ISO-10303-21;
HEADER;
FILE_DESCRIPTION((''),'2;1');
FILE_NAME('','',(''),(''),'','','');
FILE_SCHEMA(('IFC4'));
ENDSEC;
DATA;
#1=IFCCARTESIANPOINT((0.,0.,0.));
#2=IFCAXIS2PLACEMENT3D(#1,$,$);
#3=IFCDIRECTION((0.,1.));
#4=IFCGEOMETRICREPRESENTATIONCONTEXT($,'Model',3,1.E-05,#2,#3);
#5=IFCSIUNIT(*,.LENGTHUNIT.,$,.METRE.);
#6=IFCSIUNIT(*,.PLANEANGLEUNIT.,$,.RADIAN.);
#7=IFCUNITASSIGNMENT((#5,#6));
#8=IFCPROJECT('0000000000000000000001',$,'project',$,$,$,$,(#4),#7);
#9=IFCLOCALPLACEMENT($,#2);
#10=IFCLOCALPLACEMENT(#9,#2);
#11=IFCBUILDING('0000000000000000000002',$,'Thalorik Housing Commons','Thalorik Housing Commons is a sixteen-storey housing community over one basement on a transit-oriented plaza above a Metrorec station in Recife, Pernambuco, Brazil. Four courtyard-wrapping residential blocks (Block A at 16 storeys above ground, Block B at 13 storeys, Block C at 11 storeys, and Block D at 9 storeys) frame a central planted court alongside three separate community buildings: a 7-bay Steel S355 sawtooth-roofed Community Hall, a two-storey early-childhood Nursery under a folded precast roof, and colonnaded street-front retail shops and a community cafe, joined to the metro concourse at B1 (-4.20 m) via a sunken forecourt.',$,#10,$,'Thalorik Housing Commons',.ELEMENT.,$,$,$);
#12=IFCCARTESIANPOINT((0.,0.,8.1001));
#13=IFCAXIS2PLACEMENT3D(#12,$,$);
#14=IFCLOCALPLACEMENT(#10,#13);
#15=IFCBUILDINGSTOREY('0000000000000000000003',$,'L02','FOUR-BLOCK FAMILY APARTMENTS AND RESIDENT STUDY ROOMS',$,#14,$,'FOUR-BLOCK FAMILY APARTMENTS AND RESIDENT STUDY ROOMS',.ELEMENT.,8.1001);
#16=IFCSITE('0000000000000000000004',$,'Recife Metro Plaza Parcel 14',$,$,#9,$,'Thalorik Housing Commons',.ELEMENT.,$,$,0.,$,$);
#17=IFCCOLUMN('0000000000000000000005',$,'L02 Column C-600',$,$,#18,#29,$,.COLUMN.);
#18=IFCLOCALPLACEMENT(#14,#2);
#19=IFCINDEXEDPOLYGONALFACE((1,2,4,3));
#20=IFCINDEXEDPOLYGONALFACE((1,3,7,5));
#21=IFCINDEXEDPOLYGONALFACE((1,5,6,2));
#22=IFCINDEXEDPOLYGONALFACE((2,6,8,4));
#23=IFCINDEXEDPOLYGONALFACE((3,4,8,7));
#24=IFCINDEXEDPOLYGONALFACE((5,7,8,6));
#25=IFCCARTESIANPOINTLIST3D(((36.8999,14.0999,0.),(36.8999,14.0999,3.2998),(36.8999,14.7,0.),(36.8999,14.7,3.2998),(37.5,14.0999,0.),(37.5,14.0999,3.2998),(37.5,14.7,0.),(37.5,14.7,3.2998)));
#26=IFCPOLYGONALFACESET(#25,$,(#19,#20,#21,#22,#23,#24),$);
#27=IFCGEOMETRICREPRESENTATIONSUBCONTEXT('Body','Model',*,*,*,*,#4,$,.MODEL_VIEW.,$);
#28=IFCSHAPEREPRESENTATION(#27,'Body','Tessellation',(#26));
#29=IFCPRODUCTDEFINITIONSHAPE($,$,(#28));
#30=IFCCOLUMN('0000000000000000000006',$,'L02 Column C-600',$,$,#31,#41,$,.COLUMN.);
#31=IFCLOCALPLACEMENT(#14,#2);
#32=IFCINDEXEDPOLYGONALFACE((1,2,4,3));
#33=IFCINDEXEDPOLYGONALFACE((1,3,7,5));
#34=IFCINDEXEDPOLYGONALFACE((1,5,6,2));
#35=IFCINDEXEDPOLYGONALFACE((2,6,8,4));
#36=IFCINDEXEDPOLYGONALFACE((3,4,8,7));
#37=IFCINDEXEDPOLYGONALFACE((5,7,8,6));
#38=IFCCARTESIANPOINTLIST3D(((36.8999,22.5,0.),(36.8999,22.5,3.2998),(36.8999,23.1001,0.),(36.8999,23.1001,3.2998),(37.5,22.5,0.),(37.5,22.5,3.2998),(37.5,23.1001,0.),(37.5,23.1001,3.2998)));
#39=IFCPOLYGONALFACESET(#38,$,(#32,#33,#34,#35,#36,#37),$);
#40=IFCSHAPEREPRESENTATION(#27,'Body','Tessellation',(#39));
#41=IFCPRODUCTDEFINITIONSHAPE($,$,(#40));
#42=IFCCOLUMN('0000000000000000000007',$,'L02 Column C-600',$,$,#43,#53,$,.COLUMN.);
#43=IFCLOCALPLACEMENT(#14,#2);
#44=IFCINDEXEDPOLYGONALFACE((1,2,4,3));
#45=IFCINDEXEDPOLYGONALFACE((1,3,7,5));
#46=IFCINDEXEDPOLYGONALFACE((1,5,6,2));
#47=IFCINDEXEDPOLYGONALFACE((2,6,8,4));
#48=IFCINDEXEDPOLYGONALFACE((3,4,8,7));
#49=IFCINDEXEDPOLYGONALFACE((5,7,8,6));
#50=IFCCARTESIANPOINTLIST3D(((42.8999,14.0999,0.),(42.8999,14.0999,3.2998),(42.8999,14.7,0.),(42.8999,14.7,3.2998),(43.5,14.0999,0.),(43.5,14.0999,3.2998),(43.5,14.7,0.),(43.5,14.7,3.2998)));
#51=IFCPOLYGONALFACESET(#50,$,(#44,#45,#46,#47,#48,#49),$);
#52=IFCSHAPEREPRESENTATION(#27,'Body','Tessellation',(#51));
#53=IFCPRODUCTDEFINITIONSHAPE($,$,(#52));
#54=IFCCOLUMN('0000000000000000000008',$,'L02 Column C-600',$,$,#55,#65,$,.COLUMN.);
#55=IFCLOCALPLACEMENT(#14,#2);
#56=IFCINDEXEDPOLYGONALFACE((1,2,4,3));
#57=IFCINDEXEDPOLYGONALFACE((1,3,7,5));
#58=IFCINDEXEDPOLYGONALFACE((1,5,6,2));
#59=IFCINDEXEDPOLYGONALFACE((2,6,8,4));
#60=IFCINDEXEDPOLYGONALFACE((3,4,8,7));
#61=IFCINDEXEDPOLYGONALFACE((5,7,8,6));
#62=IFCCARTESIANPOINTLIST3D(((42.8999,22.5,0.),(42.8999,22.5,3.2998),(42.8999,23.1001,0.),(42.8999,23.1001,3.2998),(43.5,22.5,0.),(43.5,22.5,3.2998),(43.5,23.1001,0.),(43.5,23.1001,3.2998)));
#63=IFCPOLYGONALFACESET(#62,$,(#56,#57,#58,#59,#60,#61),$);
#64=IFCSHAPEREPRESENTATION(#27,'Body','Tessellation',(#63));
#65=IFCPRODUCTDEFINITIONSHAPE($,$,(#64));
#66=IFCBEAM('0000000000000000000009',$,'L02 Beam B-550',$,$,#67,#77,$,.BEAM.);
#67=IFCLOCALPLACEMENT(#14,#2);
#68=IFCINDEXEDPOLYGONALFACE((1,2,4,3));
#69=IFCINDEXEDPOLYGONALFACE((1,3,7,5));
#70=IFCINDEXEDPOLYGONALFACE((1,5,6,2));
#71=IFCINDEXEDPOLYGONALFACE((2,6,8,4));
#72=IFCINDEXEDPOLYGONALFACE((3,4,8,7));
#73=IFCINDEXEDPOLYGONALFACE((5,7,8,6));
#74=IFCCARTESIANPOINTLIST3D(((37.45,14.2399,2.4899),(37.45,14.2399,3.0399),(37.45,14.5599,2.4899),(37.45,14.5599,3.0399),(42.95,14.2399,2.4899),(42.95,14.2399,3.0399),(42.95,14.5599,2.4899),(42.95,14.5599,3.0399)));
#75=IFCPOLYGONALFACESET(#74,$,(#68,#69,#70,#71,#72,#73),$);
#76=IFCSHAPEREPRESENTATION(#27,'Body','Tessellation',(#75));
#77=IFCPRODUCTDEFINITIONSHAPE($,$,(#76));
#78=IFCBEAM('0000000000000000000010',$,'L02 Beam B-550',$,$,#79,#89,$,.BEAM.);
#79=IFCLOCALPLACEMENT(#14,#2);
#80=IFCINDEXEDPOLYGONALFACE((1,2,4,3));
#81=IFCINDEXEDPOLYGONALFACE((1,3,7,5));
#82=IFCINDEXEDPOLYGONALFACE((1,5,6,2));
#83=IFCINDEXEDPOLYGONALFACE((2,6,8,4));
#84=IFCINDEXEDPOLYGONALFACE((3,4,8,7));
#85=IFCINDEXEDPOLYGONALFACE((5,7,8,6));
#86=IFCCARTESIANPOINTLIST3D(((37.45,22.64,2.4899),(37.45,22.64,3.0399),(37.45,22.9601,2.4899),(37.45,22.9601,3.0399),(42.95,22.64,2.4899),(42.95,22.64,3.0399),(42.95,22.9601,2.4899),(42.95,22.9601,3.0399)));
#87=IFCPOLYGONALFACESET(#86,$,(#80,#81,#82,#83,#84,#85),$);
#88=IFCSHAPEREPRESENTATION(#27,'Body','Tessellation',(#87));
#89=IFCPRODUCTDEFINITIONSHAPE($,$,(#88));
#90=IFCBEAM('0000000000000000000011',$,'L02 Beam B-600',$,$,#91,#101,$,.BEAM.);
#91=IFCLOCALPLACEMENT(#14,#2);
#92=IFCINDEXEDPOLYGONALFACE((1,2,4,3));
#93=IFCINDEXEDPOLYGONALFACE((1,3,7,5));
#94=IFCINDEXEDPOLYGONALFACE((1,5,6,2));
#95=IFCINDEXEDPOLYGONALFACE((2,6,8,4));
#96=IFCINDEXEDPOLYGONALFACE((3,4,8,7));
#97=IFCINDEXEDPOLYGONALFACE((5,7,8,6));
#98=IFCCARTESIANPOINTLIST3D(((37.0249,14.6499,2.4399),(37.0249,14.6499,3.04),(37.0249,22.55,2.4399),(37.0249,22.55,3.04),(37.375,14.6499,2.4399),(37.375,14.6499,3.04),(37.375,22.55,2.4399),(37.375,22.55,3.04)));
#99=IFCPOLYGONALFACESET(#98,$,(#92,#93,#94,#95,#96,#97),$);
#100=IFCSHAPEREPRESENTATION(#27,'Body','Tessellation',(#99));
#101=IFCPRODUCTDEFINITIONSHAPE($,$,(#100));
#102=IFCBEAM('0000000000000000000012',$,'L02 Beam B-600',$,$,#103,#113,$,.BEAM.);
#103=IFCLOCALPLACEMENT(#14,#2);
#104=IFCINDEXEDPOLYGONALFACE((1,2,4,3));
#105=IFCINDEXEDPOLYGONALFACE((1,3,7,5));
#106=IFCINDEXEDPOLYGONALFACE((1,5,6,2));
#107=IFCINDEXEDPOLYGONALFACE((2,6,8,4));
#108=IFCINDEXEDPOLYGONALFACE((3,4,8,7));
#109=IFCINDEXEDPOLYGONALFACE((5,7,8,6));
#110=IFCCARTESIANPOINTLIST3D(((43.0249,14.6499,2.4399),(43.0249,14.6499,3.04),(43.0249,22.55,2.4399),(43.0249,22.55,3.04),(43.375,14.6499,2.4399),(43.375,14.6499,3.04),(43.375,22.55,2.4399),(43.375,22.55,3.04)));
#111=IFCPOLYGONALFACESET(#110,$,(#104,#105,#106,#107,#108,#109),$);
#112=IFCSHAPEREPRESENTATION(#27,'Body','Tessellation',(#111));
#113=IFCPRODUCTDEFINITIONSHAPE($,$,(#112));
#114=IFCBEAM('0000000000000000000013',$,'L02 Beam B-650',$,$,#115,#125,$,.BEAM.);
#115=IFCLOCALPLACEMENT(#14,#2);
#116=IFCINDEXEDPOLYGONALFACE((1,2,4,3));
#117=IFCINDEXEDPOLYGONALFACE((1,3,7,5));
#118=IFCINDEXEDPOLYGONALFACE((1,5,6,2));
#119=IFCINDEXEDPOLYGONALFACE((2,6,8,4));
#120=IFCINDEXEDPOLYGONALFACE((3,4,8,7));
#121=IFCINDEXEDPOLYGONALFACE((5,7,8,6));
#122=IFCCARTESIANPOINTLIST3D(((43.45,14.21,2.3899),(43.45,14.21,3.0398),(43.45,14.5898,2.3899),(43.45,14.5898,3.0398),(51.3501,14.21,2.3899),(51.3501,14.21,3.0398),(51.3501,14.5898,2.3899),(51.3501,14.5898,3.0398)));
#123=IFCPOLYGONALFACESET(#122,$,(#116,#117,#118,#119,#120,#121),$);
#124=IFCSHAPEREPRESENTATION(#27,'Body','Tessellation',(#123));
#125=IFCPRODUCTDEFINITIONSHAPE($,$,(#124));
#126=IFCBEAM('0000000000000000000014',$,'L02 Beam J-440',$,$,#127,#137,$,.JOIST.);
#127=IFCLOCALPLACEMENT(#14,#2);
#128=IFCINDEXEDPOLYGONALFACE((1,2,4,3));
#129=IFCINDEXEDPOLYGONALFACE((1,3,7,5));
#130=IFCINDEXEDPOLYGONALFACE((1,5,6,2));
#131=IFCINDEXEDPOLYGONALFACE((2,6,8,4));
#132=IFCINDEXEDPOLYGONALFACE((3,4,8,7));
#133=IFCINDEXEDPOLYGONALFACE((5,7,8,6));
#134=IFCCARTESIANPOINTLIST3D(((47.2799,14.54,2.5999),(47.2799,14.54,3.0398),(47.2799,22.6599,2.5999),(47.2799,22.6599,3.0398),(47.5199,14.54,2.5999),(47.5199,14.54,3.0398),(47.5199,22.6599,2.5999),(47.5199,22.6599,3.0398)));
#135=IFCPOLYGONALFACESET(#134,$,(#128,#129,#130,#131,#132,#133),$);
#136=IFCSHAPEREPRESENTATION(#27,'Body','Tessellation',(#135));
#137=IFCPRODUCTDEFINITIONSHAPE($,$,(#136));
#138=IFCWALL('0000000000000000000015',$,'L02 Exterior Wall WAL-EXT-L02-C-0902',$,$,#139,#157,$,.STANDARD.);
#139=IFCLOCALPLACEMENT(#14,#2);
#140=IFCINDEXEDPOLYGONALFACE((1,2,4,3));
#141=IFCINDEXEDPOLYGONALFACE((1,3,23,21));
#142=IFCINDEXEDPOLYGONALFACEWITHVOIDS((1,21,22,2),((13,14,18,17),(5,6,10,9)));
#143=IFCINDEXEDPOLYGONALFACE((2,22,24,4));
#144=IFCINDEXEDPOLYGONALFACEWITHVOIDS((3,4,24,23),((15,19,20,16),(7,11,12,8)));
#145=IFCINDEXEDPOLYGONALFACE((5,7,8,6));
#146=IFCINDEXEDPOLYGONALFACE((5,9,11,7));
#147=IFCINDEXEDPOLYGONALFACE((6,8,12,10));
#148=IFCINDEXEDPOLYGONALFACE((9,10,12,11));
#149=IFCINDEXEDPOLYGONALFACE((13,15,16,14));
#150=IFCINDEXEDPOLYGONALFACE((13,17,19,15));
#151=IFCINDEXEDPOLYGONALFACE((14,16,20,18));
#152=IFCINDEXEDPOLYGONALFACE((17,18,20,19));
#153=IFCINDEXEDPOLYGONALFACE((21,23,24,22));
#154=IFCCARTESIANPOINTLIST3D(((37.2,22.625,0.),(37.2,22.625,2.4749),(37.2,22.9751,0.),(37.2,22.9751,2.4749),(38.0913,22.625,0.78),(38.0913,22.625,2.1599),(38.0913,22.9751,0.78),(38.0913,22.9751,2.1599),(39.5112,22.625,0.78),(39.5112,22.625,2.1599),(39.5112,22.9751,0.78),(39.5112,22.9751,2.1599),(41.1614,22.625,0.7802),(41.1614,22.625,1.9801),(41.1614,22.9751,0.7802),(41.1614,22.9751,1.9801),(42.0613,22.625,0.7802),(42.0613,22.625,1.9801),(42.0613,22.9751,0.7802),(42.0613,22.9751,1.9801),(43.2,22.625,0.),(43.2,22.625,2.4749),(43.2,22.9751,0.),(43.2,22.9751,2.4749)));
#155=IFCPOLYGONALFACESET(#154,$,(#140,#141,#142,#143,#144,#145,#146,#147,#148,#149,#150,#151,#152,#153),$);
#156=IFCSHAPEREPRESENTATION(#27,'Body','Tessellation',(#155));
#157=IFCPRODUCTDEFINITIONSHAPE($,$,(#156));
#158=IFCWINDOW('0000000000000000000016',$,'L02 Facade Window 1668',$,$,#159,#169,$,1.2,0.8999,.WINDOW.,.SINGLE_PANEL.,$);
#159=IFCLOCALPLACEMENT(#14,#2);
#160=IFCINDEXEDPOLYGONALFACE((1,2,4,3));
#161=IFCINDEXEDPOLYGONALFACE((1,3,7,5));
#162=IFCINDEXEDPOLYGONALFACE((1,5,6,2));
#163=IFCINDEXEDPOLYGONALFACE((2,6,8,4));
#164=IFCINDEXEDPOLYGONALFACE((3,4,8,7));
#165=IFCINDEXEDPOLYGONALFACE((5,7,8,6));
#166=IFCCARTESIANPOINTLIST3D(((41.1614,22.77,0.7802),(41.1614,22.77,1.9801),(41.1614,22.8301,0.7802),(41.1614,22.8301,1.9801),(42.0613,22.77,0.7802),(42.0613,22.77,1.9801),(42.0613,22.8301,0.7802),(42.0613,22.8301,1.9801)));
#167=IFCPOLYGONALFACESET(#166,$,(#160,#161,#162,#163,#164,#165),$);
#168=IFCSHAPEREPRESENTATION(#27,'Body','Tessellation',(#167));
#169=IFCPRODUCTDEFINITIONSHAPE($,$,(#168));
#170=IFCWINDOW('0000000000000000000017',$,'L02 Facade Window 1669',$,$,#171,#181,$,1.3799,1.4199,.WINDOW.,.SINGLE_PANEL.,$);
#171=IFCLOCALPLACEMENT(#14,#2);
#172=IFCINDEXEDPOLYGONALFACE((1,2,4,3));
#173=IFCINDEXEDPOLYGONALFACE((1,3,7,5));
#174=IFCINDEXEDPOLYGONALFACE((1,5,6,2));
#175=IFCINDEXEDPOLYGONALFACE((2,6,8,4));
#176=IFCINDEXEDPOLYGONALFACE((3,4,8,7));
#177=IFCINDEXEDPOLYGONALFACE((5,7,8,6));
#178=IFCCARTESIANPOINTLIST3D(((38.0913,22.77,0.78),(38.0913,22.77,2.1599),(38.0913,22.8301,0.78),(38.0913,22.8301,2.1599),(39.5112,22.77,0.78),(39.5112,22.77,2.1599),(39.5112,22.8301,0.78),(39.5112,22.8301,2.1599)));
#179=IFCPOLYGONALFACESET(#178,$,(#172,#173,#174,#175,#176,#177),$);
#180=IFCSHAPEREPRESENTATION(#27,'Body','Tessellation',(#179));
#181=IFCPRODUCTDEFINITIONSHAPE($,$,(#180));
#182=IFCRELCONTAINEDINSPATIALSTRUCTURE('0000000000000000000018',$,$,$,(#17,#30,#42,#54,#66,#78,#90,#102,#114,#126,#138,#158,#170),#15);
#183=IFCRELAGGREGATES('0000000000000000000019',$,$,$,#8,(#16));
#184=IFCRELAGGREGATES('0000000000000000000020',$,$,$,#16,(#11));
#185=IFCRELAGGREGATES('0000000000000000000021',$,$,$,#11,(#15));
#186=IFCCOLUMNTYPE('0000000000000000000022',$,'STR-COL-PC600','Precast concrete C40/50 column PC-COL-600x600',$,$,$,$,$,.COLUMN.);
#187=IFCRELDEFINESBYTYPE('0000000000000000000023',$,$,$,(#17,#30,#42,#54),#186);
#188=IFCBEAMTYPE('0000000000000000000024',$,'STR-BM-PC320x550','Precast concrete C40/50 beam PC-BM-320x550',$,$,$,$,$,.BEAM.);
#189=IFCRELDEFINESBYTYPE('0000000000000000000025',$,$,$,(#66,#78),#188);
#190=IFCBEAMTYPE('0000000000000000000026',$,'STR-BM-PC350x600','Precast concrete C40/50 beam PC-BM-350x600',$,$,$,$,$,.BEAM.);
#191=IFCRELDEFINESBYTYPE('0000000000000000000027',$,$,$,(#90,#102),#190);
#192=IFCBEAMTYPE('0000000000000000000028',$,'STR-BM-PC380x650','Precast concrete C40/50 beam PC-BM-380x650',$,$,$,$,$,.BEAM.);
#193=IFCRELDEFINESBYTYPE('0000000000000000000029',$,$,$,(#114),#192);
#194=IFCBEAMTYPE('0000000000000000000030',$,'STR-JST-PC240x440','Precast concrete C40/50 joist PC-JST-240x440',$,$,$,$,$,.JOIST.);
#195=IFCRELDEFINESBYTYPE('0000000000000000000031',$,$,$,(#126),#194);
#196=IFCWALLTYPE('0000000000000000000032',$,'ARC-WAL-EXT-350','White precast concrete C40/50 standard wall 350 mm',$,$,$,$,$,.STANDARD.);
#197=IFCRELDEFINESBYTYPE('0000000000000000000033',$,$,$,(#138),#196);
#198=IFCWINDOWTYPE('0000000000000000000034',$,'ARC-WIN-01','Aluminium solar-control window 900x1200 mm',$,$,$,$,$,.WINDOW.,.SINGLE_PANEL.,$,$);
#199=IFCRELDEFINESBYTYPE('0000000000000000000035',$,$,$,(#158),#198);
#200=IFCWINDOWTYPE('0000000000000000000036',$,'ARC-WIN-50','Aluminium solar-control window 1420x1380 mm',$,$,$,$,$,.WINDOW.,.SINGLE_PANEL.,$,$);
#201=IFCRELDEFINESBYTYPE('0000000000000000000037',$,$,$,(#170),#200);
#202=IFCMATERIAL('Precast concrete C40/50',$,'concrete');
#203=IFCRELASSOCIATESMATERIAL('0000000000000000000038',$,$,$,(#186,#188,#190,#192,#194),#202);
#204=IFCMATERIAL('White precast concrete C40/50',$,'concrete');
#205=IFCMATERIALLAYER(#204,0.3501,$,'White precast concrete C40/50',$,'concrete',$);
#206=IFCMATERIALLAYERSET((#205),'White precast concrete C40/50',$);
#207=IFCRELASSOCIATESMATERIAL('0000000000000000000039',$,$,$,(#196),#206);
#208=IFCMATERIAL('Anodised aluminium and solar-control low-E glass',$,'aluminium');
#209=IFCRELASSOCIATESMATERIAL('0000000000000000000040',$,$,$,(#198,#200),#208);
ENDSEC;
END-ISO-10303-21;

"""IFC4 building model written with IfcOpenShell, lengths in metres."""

from ifc_helpers import new_model, si_unit, direction, frame, frame_2d, origin, origin_2d, place, context, subcontext, project, spatial, rectangle, extrude, material, layer, layer_set, material_profile, profile_set, type_object, element, fill, save


model = new_model("IFC4")

# Units and contexts
model_context = context("Model", 3, precision=1e-05, world=origin(), true_north=direction((0.0, 1.0)))
body_context = subcontext(model_context, "Body", "Model", "MODEL_VIEW")
ifc_project = project(units=[si_unit("LENGTHUNIT", "METRE"), si_unit("PLANEANGLEUNIT", "RADIAN")], contexts=[model_context])

# Site, building, storey
site_placement = place(None, origin())
site = spatial("IfcSite", under=ifc_project, at=site_placement, Name="Recife Metro Plaza Parcel 14", LongName="Thalorik Housing Commons", CompositionType="ELEMENT", RefElevation=0.0)
building_placement = place(site_placement, origin())
building = spatial("IfcBuilding", under=site, at=building_placement, Name="Thalorik Housing Commons", Description="Thalorik Housing Commons is a sixteen-storey housing community over one basement on a transit-oriented plaza above a Metrorec station in Recife, Pernambuco, Brazil. Four courtyard-wrapping residential blocks (Block A at 16 storeys above ground, Block B at 13 storeys, Block C at 11 storeys, and Block D at 9 storeys) frame a central planted court alongside three separate community buildings: a 7-bay Steel S355 sawtooth-roofed Community Hall, a two-storey early-childhood Nursery under a folded precast roof, and colonnaded street-front retail shops and a community cafe, joined to the metro concourse at B1 (-4.20 m) via a sunken forecourt.", LongName="Thalorik Housing Commons", CompositionType="ELEMENT")
storey_placement = place(building_placement, frame((0.0, 0.0, 8.1001)))
storey = spatial("IfcBuildingStorey", under=building, at=storey_placement, Name="L02", Description="FOUR-BLOCK FAMILY APARTMENTS AND RESIDENT STUDY ROOMS", LongName="FOUR-BLOCK FAMILY APARTMENTS AND RESIDENT STUDY ROOMS", CompositionType="ELEMENT", Elevation=8.1001)

# Columns
ifc_material_1 = material(Name="Precast concrete C40/50", Category="concrete")
ifc_material_profile_1 = material_profile(ifc_material_1, rectangle(XDim=0.6001, YDim=0.6001, at=origin_2d()), Name="PC 600x600", Category="concrete")
ifc_profile_set_1 = profile_set([ifc_material_profile_1], Name="Precast concrete C40/50")
column_type = type_object("IfcColumnType", Name="STR-COL-PC600", Description="Precast concrete C40/50 column PC-COL-600x600", PredefinedType="COLUMN", material=ifc_profile_set_1)
for number, where, z_axis, x_axis, name in (
    (1, (37.2, 14.3999, 0.0), (0.0, 0.0, 1.0), (1.0, 0.0, 0.0), "L02 Column C-600"),
    (2, (37.2, 22.8, 0.0), (0.0, 0.0, 1.0), (1.0, 0.0, 0.0), "L02 Column C-600"),
    (3, (43.2, 14.3999, 0.0), (0.0, 0.0, 1.0), (1.0, 0.0, 0.0), "L02 Column C-600"),
    (4, (43.2, 22.8, 0.0), (0.0, 0.0, 1.0), (1.0, 0.0, 0.0), "L02 Column C-600"),
):
    element("IfcColumn", number, at=place(storey_placement, frame(where, z_axis=z_axis, x_axis=x_axis)), inside=storey, type_object=column_type, Name=name, PredefinedType="COLUMN", context=body_context, shape_type="SweptSolid", body=[
        extrude(rectangle(XDim=0.6001, YDim=0.6001, at=origin_2d()), origin(), (0.0, 0.0, 1.0), 3.2998),
    ])

# Beams
ifc_material_profile_2 = material_profile(ifc_material_1, rectangle(XDim=0.3201, YDim=0.55, at=origin_2d()), Name="PC 320x550", Category="concrete")
ifc_profile_set_2 = profile_set([ifc_material_profile_2], Name="Precast concrete C40/50")
beam_type_1 = type_object("IfcBeamType", Name="STR-BM-PC320x550", Description="Precast concrete C40/50 beam PC-BM-320x550", PredefinedType="BEAM", material=ifc_profile_set_2)
for number, where, z_axis, x_axis, name in (
    (5, (37.45, 14.3999, 2.7649), (1.0, 0.0, 0.0), (0.0, 1.0, 0.0), "L02 Beam B-550"),
    (6, (37.45, 22.8, 2.7649), (1.0, 0.0, 0.0), (0.0, 1.0, 0.0), "L02 Beam B-550"),
):
    element("IfcBeam", number, at=place(storey_placement, frame(where, z_axis=z_axis, x_axis=x_axis)), inside=storey, type_object=beam_type_1, Name=name, PredefinedType="BEAM", context=body_context, shape_type="SweptSolid", body=[
        extrude(rectangle(XDim=0.3201, YDim=0.55, at=origin_2d()), origin(), (0.0, 0.0, 1.0), 5.5),
    ])
ifc_material_profile_3 = material_profile(ifc_material_1, rectangle(XDim=0.3501, YDim=0.6001, at=origin_2d()), Name="PC 350x600", Category="concrete")
ifc_profile_set_3 = profile_set([ifc_material_profile_3], Name="Precast concrete C40/50")
beam_type_2 = type_object("IfcBeamType", Name="STR-BM-PC350x600", Description="Precast concrete C40/50 beam PC-BM-350x600", PredefinedType="BEAM", material=ifc_profile_set_3)
for number, where, z_axis, x_axis, name in (
    (7, (37.2, 14.6499, 2.74), (0.0, 1.0, 0.0), (-1.0, 0.0, 0.0), "L02 Beam B-600"),
    (8, (43.2, 14.6499, 2.74), (0.0, 1.0, 0.0), (-1.0, 0.0, 0.0), "L02 Beam B-600"),
):
    element("IfcBeam", number, at=place(storey_placement, frame(where, z_axis=z_axis, x_axis=x_axis)), inside=storey, type_object=beam_type_2, Name=name, PredefinedType="BEAM", context=body_context, shape_type="SweptSolid", body=[
        extrude(rectangle(XDim=0.3501, YDim=0.6001, at=origin_2d()), origin(), (0.0, 0.0, 1.0), 7.9001),
    ])
ifc_material_profile_4 = material_profile(ifc_material_1, rectangle(XDim=0.3799, YDim=0.6499, at=origin_2d()), Name="PC 380x650", Category="concrete")
ifc_profile_set_4 = profile_set([ifc_material_profile_4], Name="Precast concrete C40/50")
beam_type_3 = type_object("IfcBeamType", Name="STR-BM-PC380x650", Description="Precast concrete C40/50 beam PC-BM-380x650", PredefinedType="BEAM", material=ifc_profile_set_4)
beam_1_placement = place(storey_placement, frame((43.45, 14.3999, 2.7148), z_axis=(1.0, 0.0, 0.0), x_axis=(0.0, 1.0, 0.0)))
element("IfcBeam", 9, at=beam_1_placement, inside=storey, type_object=beam_type_3, Name="L02 Beam B-650", PredefinedType="BEAM", context=body_context, shape_type="SweptSolid", body=[
    extrude(rectangle(XDim=0.3799, YDim=0.6499, at=origin_2d()), origin(), (0.0, 0.0, 1.0), 7.9001),
])
ifc_material_profile_5 = material_profile(ifc_material_1, rectangle(XDim=0.24, YDim=0.4399, at=origin_2d()), Name="PC JST 240x440", Category="concrete")
ifc_profile_set_5 = profile_set([ifc_material_profile_5], Name="Precast concrete C40/50")
beam_type_4 = type_object("IfcBeamType", Name="STR-JST-PC240x440", Description="Precast concrete C40/50 joist PC-JST-240x440", PredefinedType="JOIST", material=ifc_profile_set_5)
beam_2_placement = place(storey_placement, frame((47.3999, 14.54, 2.8198), z_axis=(0.0, 1.0, 0.0), x_axis=(-1.0, 0.0, 0.0)))
element("IfcBeam", 10, at=beam_2_placement, inside=storey, type_object=beam_type_4, Name="L02 Beam J-440", PredefinedType="JOIST", context=body_context, shape_type="SweptSolid", body=[
    extrude(rectangle(XDim=0.24, YDim=0.4399, at=origin_2d()), origin(), (0.0, 0.0, 1.0), 8.1199),
])

# Wall, openings, windows
ifc_material_2 = material(Name="White precast concrete C40/50", Category="concrete")
ifc_layer_1 = layer(ifc_material_2, 0.3501, Name="White precast concrete C40/50", Category="concrete")
ifc_layer_set_1 = layer_set([ifc_layer_1], Name="White precast concrete C40/50")
wall_type_1 = type_object("IfcWallType", Name="ARC-WAL-EXT-350", Description="White precast concrete C40/50 standard wall 350 mm", PredefinedType="STANDARD", material=ifc_layer_set_1)
wall_1_placement = place(storey_placement, frame((43.2, 22.8, 0.0), z_axis=(0.0, 0.0, 1.0), x_axis=(-1.0, 0.0, 0.0)))
wall_1 = element("IfcWall", 11, at=wall_1_placement, inside=storey, type_object=wall_type_1, Name="L02 Exterior Wall WAL-EXT-L02-C-0902", PredefinedType="STANDARD", context=body_context, shape_type="SweptSolid", body=[
    extrude(rectangle(XDim=6.0, YDim=0.3501, at=frame_2d((3.0, 0.0))), origin(), (0.0, 0.0, 1.0), 2.4749),
])
opening_1_placement = place(wall_1_placement, frame((1.1387, 0.0, 0.78)))
opening_1 = element("IfcOpeningElement", 12, at=opening_1_placement, cuts=wall_1, PredefinedType="OPENING", context=body_context, shape_type="SweptSolid", body=[
    extrude(rectangle(XDim=0.8999, YDim=1.2, at=frame_2d((0.45, 0.6001))), frame((0.0, 0.1851, 0.0), z_axis=(0.0, -1.0, 0.0), x_axis=(1.0, 0.0, 0.0)), (0.0, 0.0, 1.0), 0.3701),
])
opening_2_placement = place(wall_1_placement, frame((3.6887, 0.0, 0.78)))
opening_2 = element("IfcOpeningElement", 13, at=opening_2_placement, cuts=wall_1, PredefinedType="OPENING", context=body_context, shape_type="SweptSolid", body=[
    extrude(rectangle(XDim=1.4199, YDim=1.3799, at=frame_2d((0.71, 0.6899))), frame((0.0, 0.1851, 0.0), z_axis=(0.0, -1.0, 0.0), x_axis=(1.0, 0.0, 0.0)), (0.0, 0.0, 1.0), 0.3701),
])
ifc_material_3 = material(Name="Anodised aluminium and solar-control low-E glass", Category="aluminium")
window_type_1 = type_object("IfcWindowType", Name="ARC-WIN-01", Description="Aluminium solar-control window 900x1200 mm", PartitioningType="SINGLE_PANEL", PredefinedType="WINDOW", material=ifc_material_3)
window_1_placement = place(opening_1_placement, origin())
window_1 = element("IfcWindow", 14, at=window_1_placement, inside=storey, type_object=window_type_1, Name="L02 Facade Window 1668", OverallHeight=1.2, OverallWidth=0.8999, PartitioningType="SINGLE_PANEL", PredefinedType="WINDOW", context=body_context, shape_type="SweptSolid", body=[
    extrude(rectangle(XDim=0.8999, YDim=1.2, at=frame_2d((0.45, 0.6001))), frame((0.0, 0.03, 0.0), z_axis=(0.0, -1.0, 0.0), x_axis=(1.0, 0.0, 0.0)), (0.0, 0.0, 1.0), 0.0601),
])
fill(opening_1, window_1)
window_type_2 = type_object("IfcWindowType", Name="ARC-WIN-50", Description="Aluminium solar-control window 1420x1380 mm", PartitioningType="SINGLE_PANEL", PredefinedType="WINDOW", material=ifc_material_3)
window_2_placement = place(opening_2_placement, origin())
window_2 = element("IfcWindow", 15, at=window_2_placement, inside=storey, type_object=window_type_2, Name="L02 Facade Window 1669", OverallHeight=1.3799, OverallWidth=1.4199, PartitioningType="SINGLE_PANEL", PredefinedType="WINDOW", context=body_context, shape_type="SweptSolid", body=[
    extrude(rectangle(XDim=1.4199, YDim=1.3799, at=frame_2d((0.71, 0.6899))), frame((0.0, 0.03, 0.0), z_axis=(0.0, -1.0, 0.0), x_axis=(1.0, 0.0, 0.0)), (0.0, 0.0, 1.0), 0.0601),
])
fill(opening_2, window_2)

save(model, "model.ifc")
